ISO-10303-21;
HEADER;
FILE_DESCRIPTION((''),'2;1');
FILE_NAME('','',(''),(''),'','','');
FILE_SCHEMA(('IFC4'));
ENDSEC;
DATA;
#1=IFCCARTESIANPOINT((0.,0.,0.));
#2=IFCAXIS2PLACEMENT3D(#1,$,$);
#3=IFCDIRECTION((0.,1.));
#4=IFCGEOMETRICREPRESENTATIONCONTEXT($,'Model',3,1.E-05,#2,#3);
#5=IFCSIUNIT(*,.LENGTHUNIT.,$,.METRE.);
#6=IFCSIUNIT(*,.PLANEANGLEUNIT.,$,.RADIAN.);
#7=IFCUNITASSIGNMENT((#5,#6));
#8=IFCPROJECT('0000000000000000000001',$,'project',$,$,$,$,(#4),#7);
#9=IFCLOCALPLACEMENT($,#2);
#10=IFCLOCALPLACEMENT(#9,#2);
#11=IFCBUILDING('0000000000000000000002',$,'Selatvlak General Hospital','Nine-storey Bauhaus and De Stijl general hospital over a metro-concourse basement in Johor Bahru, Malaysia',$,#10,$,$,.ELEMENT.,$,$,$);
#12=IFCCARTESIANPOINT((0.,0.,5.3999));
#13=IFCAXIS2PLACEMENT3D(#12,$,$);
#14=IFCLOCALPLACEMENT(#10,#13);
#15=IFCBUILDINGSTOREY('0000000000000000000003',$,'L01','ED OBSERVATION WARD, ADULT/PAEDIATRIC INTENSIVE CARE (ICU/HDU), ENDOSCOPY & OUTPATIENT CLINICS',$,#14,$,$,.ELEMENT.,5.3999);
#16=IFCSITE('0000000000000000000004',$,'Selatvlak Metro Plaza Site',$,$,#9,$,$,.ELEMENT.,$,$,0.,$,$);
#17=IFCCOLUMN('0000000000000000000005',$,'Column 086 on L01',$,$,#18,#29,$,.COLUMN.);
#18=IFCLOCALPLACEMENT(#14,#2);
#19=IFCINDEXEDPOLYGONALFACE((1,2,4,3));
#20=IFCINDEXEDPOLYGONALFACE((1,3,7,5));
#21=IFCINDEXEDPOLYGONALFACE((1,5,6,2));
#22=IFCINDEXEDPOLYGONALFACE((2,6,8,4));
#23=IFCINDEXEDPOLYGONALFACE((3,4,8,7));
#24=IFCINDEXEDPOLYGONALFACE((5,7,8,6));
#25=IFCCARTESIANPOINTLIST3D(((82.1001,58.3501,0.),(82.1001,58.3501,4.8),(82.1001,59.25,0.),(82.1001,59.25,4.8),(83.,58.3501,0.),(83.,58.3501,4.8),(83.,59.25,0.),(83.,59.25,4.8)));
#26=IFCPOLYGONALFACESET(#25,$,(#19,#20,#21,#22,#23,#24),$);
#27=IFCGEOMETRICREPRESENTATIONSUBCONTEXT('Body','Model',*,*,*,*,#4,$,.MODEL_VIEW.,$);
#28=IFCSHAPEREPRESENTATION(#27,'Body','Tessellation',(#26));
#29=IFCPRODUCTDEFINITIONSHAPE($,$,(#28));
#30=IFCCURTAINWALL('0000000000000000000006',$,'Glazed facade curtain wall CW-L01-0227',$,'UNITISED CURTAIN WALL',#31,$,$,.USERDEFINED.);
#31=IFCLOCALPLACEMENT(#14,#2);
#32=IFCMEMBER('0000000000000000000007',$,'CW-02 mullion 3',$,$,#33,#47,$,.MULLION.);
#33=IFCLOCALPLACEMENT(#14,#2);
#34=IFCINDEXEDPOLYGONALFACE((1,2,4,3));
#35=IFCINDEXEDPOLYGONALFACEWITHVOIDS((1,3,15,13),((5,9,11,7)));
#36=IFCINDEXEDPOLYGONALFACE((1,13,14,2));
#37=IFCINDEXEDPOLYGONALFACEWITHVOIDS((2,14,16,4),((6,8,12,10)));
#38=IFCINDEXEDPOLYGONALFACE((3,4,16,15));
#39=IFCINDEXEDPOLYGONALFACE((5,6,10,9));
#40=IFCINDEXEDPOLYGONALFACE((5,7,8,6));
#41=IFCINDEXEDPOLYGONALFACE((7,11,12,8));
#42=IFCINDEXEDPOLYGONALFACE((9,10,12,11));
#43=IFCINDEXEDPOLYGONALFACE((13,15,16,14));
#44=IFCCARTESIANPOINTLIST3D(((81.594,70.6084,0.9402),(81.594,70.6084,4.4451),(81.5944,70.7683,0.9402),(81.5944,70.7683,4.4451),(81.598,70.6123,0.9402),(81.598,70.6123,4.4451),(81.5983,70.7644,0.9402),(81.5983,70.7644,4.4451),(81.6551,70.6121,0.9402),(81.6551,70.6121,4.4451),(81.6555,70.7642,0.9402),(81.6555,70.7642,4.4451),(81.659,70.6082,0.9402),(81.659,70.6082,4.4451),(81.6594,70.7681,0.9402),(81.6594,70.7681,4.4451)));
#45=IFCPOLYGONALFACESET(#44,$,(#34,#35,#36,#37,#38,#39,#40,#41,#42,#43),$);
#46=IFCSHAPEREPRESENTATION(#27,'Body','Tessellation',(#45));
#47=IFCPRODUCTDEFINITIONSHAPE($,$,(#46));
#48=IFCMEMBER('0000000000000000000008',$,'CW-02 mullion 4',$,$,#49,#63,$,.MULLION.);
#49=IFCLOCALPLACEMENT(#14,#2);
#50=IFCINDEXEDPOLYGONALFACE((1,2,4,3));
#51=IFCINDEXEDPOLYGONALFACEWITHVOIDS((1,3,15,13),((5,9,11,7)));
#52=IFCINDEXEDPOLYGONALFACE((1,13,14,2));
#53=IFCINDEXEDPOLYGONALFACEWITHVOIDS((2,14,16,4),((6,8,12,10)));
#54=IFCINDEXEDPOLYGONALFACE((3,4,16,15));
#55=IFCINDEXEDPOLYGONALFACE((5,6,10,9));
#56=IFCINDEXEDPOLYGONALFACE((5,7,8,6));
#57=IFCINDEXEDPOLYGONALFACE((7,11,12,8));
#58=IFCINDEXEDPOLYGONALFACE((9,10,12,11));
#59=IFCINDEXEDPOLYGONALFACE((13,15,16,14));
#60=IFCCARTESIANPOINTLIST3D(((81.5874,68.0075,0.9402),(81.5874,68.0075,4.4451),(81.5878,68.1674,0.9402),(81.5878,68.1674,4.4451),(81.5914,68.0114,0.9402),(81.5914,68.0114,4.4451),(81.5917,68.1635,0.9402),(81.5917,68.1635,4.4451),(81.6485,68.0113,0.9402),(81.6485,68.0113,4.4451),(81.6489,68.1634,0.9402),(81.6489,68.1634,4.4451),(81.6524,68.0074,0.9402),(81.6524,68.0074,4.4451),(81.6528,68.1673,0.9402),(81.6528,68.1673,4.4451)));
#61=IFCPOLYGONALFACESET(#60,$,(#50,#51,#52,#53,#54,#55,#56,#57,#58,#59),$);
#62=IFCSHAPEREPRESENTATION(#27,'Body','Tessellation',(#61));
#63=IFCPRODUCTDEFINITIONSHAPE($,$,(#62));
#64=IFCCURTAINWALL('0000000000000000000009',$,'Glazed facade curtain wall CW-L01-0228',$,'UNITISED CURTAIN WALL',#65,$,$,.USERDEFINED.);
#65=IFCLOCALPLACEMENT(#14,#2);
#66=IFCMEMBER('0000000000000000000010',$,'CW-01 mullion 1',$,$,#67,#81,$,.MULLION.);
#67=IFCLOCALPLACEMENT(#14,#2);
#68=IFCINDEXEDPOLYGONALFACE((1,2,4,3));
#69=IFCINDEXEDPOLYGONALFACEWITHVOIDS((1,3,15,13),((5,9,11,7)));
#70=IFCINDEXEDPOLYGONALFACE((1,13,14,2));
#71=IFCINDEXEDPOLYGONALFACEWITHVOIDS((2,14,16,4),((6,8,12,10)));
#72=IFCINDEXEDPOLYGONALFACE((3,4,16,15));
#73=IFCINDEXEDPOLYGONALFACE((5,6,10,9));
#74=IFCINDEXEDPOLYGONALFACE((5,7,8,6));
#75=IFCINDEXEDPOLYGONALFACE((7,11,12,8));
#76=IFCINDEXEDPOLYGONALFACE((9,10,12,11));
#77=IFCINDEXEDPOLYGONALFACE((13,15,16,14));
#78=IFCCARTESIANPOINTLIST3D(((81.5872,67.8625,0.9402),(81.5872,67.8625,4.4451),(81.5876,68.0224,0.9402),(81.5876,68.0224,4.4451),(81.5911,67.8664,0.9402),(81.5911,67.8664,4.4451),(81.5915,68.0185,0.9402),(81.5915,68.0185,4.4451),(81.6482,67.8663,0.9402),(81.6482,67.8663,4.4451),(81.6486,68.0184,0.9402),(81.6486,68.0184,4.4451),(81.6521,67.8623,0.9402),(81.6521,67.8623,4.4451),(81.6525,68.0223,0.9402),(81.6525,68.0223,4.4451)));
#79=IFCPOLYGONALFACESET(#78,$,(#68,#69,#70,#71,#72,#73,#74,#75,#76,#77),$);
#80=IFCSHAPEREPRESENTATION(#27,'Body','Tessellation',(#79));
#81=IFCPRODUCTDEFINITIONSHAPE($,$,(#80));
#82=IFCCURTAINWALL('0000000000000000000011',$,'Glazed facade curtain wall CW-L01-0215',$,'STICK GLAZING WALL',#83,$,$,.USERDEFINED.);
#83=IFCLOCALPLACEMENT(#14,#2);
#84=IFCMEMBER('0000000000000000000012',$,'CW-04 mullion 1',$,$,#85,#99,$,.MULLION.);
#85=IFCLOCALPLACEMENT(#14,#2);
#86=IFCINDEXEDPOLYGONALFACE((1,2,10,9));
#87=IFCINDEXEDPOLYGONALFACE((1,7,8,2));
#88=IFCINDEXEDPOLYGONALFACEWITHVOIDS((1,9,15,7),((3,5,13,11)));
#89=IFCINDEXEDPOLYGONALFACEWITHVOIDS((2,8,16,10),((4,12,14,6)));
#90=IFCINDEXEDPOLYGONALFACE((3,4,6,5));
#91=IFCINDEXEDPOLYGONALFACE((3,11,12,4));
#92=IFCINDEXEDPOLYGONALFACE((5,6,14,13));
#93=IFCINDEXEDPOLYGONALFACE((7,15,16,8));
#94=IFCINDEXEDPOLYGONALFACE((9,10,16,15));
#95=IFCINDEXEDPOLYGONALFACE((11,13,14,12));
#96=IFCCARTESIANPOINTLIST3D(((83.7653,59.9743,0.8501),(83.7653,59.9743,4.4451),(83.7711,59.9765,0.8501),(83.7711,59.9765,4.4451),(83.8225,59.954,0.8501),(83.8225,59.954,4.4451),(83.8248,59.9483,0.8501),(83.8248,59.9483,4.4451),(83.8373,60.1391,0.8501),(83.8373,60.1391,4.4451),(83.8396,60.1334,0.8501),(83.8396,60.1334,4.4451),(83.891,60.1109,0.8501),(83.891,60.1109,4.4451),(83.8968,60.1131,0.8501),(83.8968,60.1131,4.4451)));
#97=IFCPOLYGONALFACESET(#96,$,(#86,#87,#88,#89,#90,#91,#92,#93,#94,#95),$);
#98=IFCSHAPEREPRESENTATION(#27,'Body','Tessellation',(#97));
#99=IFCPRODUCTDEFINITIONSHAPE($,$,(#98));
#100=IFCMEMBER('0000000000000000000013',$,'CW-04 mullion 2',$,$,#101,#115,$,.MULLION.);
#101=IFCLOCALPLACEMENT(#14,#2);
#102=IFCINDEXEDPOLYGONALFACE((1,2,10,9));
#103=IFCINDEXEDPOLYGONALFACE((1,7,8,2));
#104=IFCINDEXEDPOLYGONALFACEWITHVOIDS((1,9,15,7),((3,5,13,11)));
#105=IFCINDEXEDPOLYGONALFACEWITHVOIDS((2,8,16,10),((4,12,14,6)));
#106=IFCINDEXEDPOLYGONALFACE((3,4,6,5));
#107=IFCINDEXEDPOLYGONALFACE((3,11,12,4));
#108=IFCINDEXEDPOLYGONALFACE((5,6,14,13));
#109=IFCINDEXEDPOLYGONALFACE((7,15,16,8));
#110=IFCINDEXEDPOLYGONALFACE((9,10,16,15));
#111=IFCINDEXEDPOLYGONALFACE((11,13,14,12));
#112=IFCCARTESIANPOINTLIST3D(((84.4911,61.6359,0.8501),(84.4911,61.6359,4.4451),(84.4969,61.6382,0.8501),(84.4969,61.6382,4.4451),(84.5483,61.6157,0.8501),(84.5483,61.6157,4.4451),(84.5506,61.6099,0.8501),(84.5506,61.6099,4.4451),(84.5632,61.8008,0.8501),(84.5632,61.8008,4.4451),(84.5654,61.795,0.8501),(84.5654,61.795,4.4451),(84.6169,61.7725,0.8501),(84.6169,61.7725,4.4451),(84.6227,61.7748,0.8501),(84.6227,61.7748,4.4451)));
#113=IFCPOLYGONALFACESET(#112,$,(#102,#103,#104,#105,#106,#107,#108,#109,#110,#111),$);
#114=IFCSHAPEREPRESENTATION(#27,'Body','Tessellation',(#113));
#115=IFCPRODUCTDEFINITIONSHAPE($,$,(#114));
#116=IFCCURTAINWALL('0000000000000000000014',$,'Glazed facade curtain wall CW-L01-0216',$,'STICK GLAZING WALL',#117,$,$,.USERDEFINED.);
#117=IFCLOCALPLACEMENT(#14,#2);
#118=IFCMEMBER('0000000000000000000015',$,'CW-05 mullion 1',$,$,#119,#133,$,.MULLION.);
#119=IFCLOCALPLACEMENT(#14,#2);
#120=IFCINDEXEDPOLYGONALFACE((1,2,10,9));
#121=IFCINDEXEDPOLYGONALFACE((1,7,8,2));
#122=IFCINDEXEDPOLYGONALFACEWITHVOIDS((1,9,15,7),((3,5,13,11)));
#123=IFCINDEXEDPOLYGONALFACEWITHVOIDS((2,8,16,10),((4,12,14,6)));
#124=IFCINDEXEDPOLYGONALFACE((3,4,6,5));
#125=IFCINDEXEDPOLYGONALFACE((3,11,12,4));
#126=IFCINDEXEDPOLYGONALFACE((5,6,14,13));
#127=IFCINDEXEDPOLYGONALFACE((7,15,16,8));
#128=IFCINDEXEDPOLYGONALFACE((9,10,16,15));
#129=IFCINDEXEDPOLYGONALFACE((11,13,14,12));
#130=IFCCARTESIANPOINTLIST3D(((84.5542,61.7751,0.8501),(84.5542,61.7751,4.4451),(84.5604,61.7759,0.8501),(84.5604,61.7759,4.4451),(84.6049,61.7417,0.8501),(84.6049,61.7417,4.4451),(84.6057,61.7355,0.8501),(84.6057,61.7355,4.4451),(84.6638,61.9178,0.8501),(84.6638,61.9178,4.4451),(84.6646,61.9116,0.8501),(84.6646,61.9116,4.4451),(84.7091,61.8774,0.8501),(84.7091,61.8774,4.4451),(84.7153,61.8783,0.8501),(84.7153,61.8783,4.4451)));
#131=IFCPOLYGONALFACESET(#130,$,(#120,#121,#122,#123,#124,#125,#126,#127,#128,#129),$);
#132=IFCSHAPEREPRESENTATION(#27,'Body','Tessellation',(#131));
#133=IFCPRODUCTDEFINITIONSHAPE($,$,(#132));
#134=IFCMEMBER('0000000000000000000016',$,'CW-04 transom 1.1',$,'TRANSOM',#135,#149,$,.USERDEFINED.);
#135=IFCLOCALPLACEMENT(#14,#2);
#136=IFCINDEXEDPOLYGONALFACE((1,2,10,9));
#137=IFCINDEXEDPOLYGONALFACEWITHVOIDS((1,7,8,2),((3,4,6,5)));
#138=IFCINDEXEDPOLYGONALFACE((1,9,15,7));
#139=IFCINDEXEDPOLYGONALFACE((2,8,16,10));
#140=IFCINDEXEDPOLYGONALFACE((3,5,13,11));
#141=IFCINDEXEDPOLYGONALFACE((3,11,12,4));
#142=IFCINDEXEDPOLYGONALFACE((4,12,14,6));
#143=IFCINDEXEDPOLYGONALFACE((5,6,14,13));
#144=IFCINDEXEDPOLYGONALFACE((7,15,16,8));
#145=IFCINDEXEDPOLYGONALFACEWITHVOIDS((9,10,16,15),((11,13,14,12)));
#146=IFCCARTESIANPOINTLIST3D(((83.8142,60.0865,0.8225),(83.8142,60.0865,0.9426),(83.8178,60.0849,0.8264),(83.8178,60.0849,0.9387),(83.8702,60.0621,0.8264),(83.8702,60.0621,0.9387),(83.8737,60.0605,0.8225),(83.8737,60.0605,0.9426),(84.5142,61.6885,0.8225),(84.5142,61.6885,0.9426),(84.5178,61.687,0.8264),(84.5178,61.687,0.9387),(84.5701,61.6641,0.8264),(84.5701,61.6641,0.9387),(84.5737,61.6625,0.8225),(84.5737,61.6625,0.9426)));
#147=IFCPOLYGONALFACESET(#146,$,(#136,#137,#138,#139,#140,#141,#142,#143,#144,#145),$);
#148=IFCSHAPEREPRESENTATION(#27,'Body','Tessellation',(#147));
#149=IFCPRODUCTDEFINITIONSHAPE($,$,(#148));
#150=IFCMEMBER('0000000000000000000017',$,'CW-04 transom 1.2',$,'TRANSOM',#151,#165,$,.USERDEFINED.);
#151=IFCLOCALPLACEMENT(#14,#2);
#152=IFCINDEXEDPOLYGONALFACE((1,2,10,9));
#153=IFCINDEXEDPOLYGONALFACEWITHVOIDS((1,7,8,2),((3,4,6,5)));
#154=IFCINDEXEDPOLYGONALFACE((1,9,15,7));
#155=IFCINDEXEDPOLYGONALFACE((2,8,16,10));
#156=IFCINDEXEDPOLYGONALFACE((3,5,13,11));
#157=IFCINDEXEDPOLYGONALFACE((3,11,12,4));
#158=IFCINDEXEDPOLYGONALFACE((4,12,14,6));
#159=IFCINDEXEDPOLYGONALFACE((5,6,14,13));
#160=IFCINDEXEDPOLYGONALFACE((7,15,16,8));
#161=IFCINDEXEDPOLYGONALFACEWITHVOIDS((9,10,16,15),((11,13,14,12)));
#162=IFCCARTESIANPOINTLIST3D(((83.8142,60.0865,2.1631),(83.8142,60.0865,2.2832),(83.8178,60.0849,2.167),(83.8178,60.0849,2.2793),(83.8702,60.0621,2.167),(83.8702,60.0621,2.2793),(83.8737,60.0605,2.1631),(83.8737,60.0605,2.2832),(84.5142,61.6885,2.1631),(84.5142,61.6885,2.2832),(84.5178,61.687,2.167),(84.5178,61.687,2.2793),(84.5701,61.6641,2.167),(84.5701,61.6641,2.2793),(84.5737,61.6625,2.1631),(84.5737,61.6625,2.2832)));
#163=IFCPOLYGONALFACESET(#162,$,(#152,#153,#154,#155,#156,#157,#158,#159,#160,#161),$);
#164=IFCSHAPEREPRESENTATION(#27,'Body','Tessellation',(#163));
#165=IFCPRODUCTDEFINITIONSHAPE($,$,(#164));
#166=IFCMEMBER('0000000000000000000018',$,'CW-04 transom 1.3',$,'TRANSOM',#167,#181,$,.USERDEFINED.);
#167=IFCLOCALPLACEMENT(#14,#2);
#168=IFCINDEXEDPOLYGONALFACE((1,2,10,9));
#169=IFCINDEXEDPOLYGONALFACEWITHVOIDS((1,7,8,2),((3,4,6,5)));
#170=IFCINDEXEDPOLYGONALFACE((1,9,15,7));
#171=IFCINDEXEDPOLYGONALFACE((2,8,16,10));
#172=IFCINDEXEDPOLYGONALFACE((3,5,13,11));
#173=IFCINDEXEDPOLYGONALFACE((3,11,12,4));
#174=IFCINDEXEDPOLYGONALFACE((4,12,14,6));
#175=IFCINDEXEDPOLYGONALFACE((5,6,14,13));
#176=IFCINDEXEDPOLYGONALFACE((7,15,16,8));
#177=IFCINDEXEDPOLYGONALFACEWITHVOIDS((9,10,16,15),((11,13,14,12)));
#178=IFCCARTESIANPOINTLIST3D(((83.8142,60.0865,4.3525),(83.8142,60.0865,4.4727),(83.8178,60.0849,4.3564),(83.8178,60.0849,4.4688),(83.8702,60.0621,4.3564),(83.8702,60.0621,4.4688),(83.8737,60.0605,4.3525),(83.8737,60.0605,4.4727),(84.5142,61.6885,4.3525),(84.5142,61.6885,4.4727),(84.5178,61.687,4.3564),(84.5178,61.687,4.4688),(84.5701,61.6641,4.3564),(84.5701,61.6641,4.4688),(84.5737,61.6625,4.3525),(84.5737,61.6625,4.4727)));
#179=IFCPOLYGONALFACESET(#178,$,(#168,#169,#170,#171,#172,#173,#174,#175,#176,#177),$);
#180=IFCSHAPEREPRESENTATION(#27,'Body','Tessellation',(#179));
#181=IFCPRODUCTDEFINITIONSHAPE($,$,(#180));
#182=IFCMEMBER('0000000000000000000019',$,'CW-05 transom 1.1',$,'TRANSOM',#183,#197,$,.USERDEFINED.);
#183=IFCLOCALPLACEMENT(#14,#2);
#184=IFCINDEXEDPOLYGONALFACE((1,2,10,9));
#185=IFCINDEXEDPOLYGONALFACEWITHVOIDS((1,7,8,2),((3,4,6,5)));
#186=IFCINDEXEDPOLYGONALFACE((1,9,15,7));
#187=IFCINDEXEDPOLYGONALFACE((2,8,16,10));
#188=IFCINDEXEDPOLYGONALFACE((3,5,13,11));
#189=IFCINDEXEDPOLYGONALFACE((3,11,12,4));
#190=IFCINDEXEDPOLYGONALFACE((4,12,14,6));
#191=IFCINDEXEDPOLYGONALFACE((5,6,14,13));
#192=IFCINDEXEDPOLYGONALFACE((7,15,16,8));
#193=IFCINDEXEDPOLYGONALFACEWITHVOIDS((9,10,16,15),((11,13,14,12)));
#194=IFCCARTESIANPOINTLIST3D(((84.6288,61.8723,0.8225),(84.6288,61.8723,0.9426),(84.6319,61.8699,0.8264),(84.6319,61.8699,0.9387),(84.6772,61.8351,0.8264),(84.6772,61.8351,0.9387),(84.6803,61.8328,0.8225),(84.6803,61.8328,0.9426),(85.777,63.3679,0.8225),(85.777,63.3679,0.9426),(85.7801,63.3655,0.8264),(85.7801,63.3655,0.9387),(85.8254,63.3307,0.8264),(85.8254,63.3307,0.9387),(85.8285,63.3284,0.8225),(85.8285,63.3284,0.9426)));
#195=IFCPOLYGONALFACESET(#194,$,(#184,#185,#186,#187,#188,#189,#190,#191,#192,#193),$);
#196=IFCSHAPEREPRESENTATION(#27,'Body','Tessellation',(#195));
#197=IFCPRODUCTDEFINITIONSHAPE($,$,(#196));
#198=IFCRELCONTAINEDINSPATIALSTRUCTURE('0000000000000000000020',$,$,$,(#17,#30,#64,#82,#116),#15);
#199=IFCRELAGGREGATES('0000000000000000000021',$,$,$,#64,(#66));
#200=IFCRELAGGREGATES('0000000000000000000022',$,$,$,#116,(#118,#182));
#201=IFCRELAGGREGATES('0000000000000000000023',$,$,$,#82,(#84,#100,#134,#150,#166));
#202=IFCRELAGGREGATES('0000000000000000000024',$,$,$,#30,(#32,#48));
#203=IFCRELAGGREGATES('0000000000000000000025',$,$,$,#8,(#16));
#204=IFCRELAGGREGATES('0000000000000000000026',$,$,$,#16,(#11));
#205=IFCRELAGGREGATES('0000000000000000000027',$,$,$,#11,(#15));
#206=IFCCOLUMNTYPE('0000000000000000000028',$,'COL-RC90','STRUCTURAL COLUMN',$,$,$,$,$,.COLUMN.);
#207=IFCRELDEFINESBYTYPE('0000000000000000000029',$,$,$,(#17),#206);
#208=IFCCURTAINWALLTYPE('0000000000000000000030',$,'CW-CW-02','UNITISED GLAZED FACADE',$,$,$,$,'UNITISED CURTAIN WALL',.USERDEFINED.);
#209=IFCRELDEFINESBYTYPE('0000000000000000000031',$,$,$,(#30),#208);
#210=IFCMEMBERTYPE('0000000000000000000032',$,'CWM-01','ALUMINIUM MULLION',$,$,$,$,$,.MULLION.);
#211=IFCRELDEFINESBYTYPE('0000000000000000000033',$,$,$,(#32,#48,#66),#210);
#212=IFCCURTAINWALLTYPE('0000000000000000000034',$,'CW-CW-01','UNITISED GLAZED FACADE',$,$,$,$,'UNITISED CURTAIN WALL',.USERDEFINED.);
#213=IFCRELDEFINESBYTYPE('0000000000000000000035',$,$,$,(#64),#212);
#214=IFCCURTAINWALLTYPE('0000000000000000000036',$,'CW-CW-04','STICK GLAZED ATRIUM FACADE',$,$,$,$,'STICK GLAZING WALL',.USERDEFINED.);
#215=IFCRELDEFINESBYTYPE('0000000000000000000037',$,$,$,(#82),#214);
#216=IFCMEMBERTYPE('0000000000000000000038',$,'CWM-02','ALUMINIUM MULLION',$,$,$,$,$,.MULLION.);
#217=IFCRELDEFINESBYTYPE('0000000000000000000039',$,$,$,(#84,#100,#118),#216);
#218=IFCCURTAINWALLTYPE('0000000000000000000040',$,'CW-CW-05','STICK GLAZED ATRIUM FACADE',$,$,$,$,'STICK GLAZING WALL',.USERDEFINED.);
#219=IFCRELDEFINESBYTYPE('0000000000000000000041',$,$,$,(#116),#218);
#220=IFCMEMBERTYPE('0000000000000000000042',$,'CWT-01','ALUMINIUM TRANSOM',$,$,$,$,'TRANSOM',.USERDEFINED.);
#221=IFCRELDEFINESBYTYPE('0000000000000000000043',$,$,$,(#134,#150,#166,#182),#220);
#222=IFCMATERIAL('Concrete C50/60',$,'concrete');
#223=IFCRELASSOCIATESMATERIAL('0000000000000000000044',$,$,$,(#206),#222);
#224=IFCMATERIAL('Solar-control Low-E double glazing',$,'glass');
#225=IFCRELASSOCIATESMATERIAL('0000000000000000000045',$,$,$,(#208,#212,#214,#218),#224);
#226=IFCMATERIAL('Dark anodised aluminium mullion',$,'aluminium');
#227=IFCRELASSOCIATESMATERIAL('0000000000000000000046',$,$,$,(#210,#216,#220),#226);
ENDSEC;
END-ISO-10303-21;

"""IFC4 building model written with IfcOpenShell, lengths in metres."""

from ifc_helpers import new_model, si_unit, direction, frame, origin, origin_2d, place, context, subcontext, project, spatial, rectangle, hollow_rectangle, extrude, material, material_profile, profile_set, type_object, element, aggregate, save


model = new_model("IFC4")

# Units and contexts
model_context = context("Model", 3, precision=1e-05, world=origin(), true_north=direction((0.0, 1.0)))
body_context = subcontext(model_context, "Body", "Model", "MODEL_VIEW")
ifc_project = project(units=[si_unit("LENGTHUNIT", "METRE"), si_unit("PLANEANGLEUNIT", "RADIAN")], contexts=[model_context])

# Site, building, storey
site_placement = place(None, origin())
site = spatial("IfcSite", under=ifc_project, at=site_placement, Name="Selatvlak Metro Plaza Site", CompositionType="ELEMENT", RefElevation=0.0)
building_placement = place(site_placement, origin())
building = spatial("IfcBuilding", under=site, at=building_placement, Name="Selatvlak General Hospital", Description="Nine-storey Bauhaus and De Stijl general hospital over a metro-concourse basement in Johor Bahru, Malaysia", CompositionType="ELEMENT")
storey_placement = place(building_placement, frame((0.0, 0.0, 5.3999)))
storey = spatial("IfcBuildingStorey", under=building, at=storey_placement, Name="L01", Description="ED OBSERVATION WARD, ADULT/PAEDIATRIC INTENSIVE CARE (ICU/HDU), ENDOSCOPY & OUTPATIENT CLINICS", CompositionType="ELEMENT", Elevation=5.3999)

# Column
ifc_material_1 = material(Name="Concrete C50/60", Category="concrete")
ifc_material_profile_1 = material_profile(ifc_material_1, rectangle(XDim=0.8999, YDim=0.8999, at=origin_2d()), Name="RC-COL 900x900")
ifc_profile_set_1 = profile_set([ifc_material_profile_1], Name="Concrete C50/60")
column_type = type_object("IfcColumnType", Name="COL-RC90", Description="STRUCTURAL COLUMN", PredefinedType="COLUMN", material=ifc_profile_set_1)
column_placement = place(storey_placement, frame((82.55, 58.8, 0.0), z_axis=(0.0, 0.0, 1.0), x_axis=(1.0, 0.0, 0.0)))
element("IfcColumn", 1, at=column_placement, inside=storey, type_object=column_type, Name="Column 086 on L01", PredefinedType="COLUMN", context=body_context, shape_type="SweptSolid", body=[
    extrude(rectangle(XDim=0.8999, YDim=0.8999, at=origin_2d()), origin(), (0.0, 0.0, 1.0), 4.8),
])

# Curtain wall, members
ifc_material_2 = material(Name="Solar-control Low-E double glazing", Category="glass")
curtain_wall_type_1 = type_object("IfcCurtainWallType", Name="CW-CW-02", Description="UNITISED GLAZED FACADE", ElementType="UNITISED CURTAIN WALL", PredefinedType="USERDEFINED", material=ifc_material_2)
curtain_wall_1_placement = place(storey_placement, origin())
curtain_wall_1 = element("IfcCurtainWall", 2, at=curtain_wall_1_placement, inside=storey, type_object=curtain_wall_type_1, Name="Glazed facade curtain wall CW-L01-0227", ObjectType="UNITISED CURTAIN WALL", PredefinedType="USERDEFINED")
ifc_material_3 = material(Name="Dark anodised aluminium mullion", Category="aluminium")
ifc_material_profile_2 = material_profile(ifc_material_3, hollow_rectangle(XDim=0.0649, YDim=0.1599, WallThickness=0.0039, at=origin_2d()), Name="AL-MUL 65x160x4")
ifc_profile_set_2 = profile_set([ifc_material_profile_2], Name="Dark anodised aluminium mullion")
member_type_1 = type_object("IfcMemberType", Name="CWM-01", Description="ALUMINIUM MULLION", PredefinedType="MULLION", material=ifc_profile_set_2)
member_1_placement = place(storey_placement, frame((81.6267, 70.6882, 0.9402), z_axis=(0.0, 0.0, 1.0), x_axis=(0.999997, -0.002532, 0.0)))
member_1 = element("IfcMember", 3, at=member_1_placement, type_object=member_type_1, Name="CW-02 mullion 3", PredefinedType="MULLION", context=body_context, shape_type="SweptSolid", body=[
    extrude(hollow_rectangle(XDim=0.0649, YDim=0.1599, WallThickness=0.0039, at=origin_2d()), origin(), (0.0, 0.0, 1.0), 3.5049),
])
member_2_placement = place(storey_placement, frame((81.6201, 68.0874, 0.9402), z_axis=(0.0, 0.0, 1.0), x_axis=(0.999997, -0.002532, 0.0)))
member_2 = element("IfcMember", 4, at=member_2_placement, type_object=member_type_1, Name="CW-02 mullion 4", PredefinedType="MULLION", context=body_context, shape_type="SweptSolid", body=[
    extrude(hollow_rectangle(XDim=0.0649, YDim=0.1599, WallThickness=0.0039, at=origin_2d()), origin(), (0.0, 0.0, 1.0), 3.5049),
])

# Curtain wall, member
curtain_wall_type_2 = type_object("IfcCurtainWallType", Name="CW-CW-01", Description="UNITISED GLAZED FACADE", ElementType="UNITISED CURTAIN WALL", PredefinedType="USERDEFINED", material=ifc_material_2)
curtain_wall_2_placement = place(storey_placement, origin())
curtain_wall_2 = element("IfcCurtainWall", 5, at=curtain_wall_2_placement, inside=storey, type_object=curtain_wall_type_2, Name="Glazed facade curtain wall CW-L01-0228", ObjectType="UNITISED CURTAIN WALL", PredefinedType="USERDEFINED")
member_3_placement = place(storey_placement, frame((81.6199, 67.9424, 0.9402), z_axis=(0.0, 0.0, 1.0), x_axis=(0.999997, -0.002532, 0.0)))
member_3 = element("IfcMember", 6, at=member_3_placement, type_object=member_type_1, Name="CW-01 mullion 1", PredefinedType="MULLION", context=body_context, shape_type="SweptSolid", body=[
    extrude(hollow_rectangle(XDim=0.0649, YDim=0.1599, WallThickness=0.0039, at=origin_2d()), origin(), (0.0, 0.0, 1.0), 3.5049),
])
aggregate(curtain_wall_2, [member_3])

# Curtain wall, members
curtain_wall_type_3 = type_object("IfcCurtainWallType", Name="CW-CW-04", Description="STICK GLAZED ATRIUM FACADE", ElementType="STICK GLAZING WALL", PredefinedType="USERDEFINED", material=ifc_material_2)
curtain_wall_3_placement = place(storey_placement, origin())
curtain_wall_3 = element("IfcCurtainWall", 7, at=curtain_wall_3_placement, inside=storey, type_object=curtain_wall_type_3, Name="Glazed facade curtain wall CW-L01-0215", ObjectType="STICK GLAZING WALL", PredefinedType="USERDEFINED")
ifc_material_profile_3 = material_profile(ifc_material_3, hollow_rectangle(XDim=0.0649, YDim=0.1799, WallThickness=0.0044, at=origin_2d()), Name="AL-MUL 65x180x4.5")
ifc_profile_set_3 = profile_set([ifc_material_profile_3], Name="Dark anodised aluminium mullion")
member_type_2 = type_object("IfcMemberType", Name="CWM-02", Description="ALUMINIUM MULLION", PredefinedType="MULLION", material=ifc_profile_set_3)
member_4_placement = place(storey_placement, frame((83.8311, 60.0437, 0.8501), z_axis=(0.0, 0.0, 1.0), x_axis=(-0.916341, 0.4004, 0.0)))
member_4 = element("IfcMember", 8, at=member_4_placement, type_object=member_type_2, Name="CW-04 mullion 1", PredefinedType="MULLION", context=body_context, shape_type="SweptSolid", body=[
    extrude(hollow_rectangle(XDim=0.0649, YDim=0.1799, WallThickness=0.0044, at=origin_2d()), origin(), (0.0, 0.0, 1.0), 3.595),
])
member_5_placement = place(storey_placement, frame((84.5569, 61.7053, 0.8501), z_axis=(0.0, 0.0, 1.0), x_axis=(-0.916341, 0.4004, 0.0)))
member_5 = element("IfcMember", 9, at=member_5_placement, type_object=member_type_2, Name="CW-04 mullion 2", PredefinedType="MULLION", context=body_context, shape_type="SweptSolid", body=[
    extrude(hollow_rectangle(XDim=0.0649, YDim=0.1799, WallThickness=0.0044, at=origin_2d()), origin(), (0.0, 0.0, 1.0), 3.595),
])

# Curtain wall, member
curtain_wall_type_4 = type_object("IfcCurtainWallType", Name="CW-CW-05", Description="STICK GLAZED ATRIUM FACADE", ElementType="STICK GLAZING WALL", PredefinedType="USERDEFINED", material=ifc_material_2)
curtain_wall_4_placement = place(storey_placement, origin())
curtain_wall_4 = element("IfcCurtainWall", 10, at=curtain_wall_4_placement, inside=storey, type_object=curtain_wall_type_4, Name="Glazed facade curtain wall CW-L01-0216", ObjectType="STICK GLAZING WALL", PredefinedType="USERDEFINED")
member_6_placement = place(storey_placement, frame((84.6348, 61.8267, 0.8501), z_axis=(0.0, 0.0, 1.0), x_axis=(-0.793233, 0.608918, 0.0)))
member_6 = element("IfcMember", 11, at=member_6_placement, type_object=member_type_2, Name="CW-05 mullion 1", PredefinedType="MULLION", context=body_context, shape_type="SweptSolid", body=[
    extrude(hollow_rectangle(XDim=0.0649, YDim=0.1799, WallThickness=0.0044, at=origin_2d()), origin(), (0.0, 0.0, 1.0), 3.595),
])

# Members
ifc_material_profile_4 = material_profile(ifc_material_3, hollow_rectangle(XDim=0.0649, YDim=0.1201, WallThickness=0.0039, at=origin_2d()), Name="AL-TRN 65x120x4")
ifc_profile_set_4 = profile_set([ifc_material_profile_4], Name="Dark anodised aluminium mullion")
member_type_3 = type_object("IfcMemberType", Name="CWT-01", Description="ALUMINIUM TRANSOM", ElementType="TRANSOM", PredefinedType="USERDEFINED", material=ifc_profile_set_4)
member_7_placement = place(storey_placement, frame((83.844, 60.0735, 0.8826), z_axis=(0.400365, 0.916356, 0.0), x_axis=(-0.916356, 0.400365, 0.0)))
member_7 = element("IfcMember", 12, at=member_7_placement, type_object=member_type_3, Name="CW-04 transom 1.1", ObjectType="TRANSOM", PredefinedType="USERDEFINED", context=body_context, shape_type="SweptSolid", body=[
    extrude(hollow_rectangle(XDim=0.0649, YDim=0.1201, WallThickness=0.0039, at=origin_2d()), origin(), (0.0, 0.0, 1.0), 1.7483),
])
member_8_placement = place(storey_placement, frame((83.844, 60.0735, 2.2231), z_axis=(0.400365, 0.916356, 0.0), x_axis=(-0.916356, 0.400365, 0.0)))
member_8 = element("IfcMember", 13, at=member_8_placement, type_object=member_type_3, Name="CW-04 transom 1.2", ObjectType="TRANSOM", PredefinedType="USERDEFINED", context=body_context, shape_type="SweptSolid", body=[
    extrude(hollow_rectangle(XDim=0.0649, YDim=0.1201, WallThickness=0.0039, at=origin_2d()), origin(), (0.0, 0.0, 1.0), 1.7483),
])
member_9_placement = place(storey_placement, frame((83.844, 60.0735, 4.4126), z_axis=(0.400365, 0.916356, 0.0), x_axis=(-0.916356, 0.400365, 0.0)))
member_9 = element("IfcMember", 14, at=member_9_placement, type_object=member_type_3, Name="CW-04 transom 1.3", ObjectType="TRANSOM", PredefinedType="USERDEFINED", context=body_context, shape_type="SweptSolid", body=[
    extrude(hollow_rectangle(XDim=0.0649, YDim=0.1201, WallThickness=0.0039, at=origin_2d()), origin(), (0.0, 0.0, 1.0), 1.7483),
])
member_10_placement = place(storey_placement, frame((84.6545, 61.8525, 0.8826), z_axis=(0.608953, 0.793206, 0.0), x_axis=(-0.793206, 0.608953, 0.0)))
member_10 = element("IfcMember", 15, at=member_10_placement, type_object=member_type_3, Name="CW-05 transom 1.1", ObjectType="TRANSOM", PredefinedType="USERDEFINED", context=body_context, shape_type="SweptSolid", body=[
    extrude(hollow_rectangle(XDim=0.0649, YDim=0.1201, WallThickness=0.0039, at=origin_2d()), origin(), (0.0, 0.0, 1.0), 1.8855),
])
aggregate(curtain_wall_4, [member_6, member_10])

aggregate(curtain_wall_3, [member_4, member_5, member_7, member_8, member_9])
aggregate(curtain_wall_1, [member_1, member_2])

save(model, "model.ifc")
